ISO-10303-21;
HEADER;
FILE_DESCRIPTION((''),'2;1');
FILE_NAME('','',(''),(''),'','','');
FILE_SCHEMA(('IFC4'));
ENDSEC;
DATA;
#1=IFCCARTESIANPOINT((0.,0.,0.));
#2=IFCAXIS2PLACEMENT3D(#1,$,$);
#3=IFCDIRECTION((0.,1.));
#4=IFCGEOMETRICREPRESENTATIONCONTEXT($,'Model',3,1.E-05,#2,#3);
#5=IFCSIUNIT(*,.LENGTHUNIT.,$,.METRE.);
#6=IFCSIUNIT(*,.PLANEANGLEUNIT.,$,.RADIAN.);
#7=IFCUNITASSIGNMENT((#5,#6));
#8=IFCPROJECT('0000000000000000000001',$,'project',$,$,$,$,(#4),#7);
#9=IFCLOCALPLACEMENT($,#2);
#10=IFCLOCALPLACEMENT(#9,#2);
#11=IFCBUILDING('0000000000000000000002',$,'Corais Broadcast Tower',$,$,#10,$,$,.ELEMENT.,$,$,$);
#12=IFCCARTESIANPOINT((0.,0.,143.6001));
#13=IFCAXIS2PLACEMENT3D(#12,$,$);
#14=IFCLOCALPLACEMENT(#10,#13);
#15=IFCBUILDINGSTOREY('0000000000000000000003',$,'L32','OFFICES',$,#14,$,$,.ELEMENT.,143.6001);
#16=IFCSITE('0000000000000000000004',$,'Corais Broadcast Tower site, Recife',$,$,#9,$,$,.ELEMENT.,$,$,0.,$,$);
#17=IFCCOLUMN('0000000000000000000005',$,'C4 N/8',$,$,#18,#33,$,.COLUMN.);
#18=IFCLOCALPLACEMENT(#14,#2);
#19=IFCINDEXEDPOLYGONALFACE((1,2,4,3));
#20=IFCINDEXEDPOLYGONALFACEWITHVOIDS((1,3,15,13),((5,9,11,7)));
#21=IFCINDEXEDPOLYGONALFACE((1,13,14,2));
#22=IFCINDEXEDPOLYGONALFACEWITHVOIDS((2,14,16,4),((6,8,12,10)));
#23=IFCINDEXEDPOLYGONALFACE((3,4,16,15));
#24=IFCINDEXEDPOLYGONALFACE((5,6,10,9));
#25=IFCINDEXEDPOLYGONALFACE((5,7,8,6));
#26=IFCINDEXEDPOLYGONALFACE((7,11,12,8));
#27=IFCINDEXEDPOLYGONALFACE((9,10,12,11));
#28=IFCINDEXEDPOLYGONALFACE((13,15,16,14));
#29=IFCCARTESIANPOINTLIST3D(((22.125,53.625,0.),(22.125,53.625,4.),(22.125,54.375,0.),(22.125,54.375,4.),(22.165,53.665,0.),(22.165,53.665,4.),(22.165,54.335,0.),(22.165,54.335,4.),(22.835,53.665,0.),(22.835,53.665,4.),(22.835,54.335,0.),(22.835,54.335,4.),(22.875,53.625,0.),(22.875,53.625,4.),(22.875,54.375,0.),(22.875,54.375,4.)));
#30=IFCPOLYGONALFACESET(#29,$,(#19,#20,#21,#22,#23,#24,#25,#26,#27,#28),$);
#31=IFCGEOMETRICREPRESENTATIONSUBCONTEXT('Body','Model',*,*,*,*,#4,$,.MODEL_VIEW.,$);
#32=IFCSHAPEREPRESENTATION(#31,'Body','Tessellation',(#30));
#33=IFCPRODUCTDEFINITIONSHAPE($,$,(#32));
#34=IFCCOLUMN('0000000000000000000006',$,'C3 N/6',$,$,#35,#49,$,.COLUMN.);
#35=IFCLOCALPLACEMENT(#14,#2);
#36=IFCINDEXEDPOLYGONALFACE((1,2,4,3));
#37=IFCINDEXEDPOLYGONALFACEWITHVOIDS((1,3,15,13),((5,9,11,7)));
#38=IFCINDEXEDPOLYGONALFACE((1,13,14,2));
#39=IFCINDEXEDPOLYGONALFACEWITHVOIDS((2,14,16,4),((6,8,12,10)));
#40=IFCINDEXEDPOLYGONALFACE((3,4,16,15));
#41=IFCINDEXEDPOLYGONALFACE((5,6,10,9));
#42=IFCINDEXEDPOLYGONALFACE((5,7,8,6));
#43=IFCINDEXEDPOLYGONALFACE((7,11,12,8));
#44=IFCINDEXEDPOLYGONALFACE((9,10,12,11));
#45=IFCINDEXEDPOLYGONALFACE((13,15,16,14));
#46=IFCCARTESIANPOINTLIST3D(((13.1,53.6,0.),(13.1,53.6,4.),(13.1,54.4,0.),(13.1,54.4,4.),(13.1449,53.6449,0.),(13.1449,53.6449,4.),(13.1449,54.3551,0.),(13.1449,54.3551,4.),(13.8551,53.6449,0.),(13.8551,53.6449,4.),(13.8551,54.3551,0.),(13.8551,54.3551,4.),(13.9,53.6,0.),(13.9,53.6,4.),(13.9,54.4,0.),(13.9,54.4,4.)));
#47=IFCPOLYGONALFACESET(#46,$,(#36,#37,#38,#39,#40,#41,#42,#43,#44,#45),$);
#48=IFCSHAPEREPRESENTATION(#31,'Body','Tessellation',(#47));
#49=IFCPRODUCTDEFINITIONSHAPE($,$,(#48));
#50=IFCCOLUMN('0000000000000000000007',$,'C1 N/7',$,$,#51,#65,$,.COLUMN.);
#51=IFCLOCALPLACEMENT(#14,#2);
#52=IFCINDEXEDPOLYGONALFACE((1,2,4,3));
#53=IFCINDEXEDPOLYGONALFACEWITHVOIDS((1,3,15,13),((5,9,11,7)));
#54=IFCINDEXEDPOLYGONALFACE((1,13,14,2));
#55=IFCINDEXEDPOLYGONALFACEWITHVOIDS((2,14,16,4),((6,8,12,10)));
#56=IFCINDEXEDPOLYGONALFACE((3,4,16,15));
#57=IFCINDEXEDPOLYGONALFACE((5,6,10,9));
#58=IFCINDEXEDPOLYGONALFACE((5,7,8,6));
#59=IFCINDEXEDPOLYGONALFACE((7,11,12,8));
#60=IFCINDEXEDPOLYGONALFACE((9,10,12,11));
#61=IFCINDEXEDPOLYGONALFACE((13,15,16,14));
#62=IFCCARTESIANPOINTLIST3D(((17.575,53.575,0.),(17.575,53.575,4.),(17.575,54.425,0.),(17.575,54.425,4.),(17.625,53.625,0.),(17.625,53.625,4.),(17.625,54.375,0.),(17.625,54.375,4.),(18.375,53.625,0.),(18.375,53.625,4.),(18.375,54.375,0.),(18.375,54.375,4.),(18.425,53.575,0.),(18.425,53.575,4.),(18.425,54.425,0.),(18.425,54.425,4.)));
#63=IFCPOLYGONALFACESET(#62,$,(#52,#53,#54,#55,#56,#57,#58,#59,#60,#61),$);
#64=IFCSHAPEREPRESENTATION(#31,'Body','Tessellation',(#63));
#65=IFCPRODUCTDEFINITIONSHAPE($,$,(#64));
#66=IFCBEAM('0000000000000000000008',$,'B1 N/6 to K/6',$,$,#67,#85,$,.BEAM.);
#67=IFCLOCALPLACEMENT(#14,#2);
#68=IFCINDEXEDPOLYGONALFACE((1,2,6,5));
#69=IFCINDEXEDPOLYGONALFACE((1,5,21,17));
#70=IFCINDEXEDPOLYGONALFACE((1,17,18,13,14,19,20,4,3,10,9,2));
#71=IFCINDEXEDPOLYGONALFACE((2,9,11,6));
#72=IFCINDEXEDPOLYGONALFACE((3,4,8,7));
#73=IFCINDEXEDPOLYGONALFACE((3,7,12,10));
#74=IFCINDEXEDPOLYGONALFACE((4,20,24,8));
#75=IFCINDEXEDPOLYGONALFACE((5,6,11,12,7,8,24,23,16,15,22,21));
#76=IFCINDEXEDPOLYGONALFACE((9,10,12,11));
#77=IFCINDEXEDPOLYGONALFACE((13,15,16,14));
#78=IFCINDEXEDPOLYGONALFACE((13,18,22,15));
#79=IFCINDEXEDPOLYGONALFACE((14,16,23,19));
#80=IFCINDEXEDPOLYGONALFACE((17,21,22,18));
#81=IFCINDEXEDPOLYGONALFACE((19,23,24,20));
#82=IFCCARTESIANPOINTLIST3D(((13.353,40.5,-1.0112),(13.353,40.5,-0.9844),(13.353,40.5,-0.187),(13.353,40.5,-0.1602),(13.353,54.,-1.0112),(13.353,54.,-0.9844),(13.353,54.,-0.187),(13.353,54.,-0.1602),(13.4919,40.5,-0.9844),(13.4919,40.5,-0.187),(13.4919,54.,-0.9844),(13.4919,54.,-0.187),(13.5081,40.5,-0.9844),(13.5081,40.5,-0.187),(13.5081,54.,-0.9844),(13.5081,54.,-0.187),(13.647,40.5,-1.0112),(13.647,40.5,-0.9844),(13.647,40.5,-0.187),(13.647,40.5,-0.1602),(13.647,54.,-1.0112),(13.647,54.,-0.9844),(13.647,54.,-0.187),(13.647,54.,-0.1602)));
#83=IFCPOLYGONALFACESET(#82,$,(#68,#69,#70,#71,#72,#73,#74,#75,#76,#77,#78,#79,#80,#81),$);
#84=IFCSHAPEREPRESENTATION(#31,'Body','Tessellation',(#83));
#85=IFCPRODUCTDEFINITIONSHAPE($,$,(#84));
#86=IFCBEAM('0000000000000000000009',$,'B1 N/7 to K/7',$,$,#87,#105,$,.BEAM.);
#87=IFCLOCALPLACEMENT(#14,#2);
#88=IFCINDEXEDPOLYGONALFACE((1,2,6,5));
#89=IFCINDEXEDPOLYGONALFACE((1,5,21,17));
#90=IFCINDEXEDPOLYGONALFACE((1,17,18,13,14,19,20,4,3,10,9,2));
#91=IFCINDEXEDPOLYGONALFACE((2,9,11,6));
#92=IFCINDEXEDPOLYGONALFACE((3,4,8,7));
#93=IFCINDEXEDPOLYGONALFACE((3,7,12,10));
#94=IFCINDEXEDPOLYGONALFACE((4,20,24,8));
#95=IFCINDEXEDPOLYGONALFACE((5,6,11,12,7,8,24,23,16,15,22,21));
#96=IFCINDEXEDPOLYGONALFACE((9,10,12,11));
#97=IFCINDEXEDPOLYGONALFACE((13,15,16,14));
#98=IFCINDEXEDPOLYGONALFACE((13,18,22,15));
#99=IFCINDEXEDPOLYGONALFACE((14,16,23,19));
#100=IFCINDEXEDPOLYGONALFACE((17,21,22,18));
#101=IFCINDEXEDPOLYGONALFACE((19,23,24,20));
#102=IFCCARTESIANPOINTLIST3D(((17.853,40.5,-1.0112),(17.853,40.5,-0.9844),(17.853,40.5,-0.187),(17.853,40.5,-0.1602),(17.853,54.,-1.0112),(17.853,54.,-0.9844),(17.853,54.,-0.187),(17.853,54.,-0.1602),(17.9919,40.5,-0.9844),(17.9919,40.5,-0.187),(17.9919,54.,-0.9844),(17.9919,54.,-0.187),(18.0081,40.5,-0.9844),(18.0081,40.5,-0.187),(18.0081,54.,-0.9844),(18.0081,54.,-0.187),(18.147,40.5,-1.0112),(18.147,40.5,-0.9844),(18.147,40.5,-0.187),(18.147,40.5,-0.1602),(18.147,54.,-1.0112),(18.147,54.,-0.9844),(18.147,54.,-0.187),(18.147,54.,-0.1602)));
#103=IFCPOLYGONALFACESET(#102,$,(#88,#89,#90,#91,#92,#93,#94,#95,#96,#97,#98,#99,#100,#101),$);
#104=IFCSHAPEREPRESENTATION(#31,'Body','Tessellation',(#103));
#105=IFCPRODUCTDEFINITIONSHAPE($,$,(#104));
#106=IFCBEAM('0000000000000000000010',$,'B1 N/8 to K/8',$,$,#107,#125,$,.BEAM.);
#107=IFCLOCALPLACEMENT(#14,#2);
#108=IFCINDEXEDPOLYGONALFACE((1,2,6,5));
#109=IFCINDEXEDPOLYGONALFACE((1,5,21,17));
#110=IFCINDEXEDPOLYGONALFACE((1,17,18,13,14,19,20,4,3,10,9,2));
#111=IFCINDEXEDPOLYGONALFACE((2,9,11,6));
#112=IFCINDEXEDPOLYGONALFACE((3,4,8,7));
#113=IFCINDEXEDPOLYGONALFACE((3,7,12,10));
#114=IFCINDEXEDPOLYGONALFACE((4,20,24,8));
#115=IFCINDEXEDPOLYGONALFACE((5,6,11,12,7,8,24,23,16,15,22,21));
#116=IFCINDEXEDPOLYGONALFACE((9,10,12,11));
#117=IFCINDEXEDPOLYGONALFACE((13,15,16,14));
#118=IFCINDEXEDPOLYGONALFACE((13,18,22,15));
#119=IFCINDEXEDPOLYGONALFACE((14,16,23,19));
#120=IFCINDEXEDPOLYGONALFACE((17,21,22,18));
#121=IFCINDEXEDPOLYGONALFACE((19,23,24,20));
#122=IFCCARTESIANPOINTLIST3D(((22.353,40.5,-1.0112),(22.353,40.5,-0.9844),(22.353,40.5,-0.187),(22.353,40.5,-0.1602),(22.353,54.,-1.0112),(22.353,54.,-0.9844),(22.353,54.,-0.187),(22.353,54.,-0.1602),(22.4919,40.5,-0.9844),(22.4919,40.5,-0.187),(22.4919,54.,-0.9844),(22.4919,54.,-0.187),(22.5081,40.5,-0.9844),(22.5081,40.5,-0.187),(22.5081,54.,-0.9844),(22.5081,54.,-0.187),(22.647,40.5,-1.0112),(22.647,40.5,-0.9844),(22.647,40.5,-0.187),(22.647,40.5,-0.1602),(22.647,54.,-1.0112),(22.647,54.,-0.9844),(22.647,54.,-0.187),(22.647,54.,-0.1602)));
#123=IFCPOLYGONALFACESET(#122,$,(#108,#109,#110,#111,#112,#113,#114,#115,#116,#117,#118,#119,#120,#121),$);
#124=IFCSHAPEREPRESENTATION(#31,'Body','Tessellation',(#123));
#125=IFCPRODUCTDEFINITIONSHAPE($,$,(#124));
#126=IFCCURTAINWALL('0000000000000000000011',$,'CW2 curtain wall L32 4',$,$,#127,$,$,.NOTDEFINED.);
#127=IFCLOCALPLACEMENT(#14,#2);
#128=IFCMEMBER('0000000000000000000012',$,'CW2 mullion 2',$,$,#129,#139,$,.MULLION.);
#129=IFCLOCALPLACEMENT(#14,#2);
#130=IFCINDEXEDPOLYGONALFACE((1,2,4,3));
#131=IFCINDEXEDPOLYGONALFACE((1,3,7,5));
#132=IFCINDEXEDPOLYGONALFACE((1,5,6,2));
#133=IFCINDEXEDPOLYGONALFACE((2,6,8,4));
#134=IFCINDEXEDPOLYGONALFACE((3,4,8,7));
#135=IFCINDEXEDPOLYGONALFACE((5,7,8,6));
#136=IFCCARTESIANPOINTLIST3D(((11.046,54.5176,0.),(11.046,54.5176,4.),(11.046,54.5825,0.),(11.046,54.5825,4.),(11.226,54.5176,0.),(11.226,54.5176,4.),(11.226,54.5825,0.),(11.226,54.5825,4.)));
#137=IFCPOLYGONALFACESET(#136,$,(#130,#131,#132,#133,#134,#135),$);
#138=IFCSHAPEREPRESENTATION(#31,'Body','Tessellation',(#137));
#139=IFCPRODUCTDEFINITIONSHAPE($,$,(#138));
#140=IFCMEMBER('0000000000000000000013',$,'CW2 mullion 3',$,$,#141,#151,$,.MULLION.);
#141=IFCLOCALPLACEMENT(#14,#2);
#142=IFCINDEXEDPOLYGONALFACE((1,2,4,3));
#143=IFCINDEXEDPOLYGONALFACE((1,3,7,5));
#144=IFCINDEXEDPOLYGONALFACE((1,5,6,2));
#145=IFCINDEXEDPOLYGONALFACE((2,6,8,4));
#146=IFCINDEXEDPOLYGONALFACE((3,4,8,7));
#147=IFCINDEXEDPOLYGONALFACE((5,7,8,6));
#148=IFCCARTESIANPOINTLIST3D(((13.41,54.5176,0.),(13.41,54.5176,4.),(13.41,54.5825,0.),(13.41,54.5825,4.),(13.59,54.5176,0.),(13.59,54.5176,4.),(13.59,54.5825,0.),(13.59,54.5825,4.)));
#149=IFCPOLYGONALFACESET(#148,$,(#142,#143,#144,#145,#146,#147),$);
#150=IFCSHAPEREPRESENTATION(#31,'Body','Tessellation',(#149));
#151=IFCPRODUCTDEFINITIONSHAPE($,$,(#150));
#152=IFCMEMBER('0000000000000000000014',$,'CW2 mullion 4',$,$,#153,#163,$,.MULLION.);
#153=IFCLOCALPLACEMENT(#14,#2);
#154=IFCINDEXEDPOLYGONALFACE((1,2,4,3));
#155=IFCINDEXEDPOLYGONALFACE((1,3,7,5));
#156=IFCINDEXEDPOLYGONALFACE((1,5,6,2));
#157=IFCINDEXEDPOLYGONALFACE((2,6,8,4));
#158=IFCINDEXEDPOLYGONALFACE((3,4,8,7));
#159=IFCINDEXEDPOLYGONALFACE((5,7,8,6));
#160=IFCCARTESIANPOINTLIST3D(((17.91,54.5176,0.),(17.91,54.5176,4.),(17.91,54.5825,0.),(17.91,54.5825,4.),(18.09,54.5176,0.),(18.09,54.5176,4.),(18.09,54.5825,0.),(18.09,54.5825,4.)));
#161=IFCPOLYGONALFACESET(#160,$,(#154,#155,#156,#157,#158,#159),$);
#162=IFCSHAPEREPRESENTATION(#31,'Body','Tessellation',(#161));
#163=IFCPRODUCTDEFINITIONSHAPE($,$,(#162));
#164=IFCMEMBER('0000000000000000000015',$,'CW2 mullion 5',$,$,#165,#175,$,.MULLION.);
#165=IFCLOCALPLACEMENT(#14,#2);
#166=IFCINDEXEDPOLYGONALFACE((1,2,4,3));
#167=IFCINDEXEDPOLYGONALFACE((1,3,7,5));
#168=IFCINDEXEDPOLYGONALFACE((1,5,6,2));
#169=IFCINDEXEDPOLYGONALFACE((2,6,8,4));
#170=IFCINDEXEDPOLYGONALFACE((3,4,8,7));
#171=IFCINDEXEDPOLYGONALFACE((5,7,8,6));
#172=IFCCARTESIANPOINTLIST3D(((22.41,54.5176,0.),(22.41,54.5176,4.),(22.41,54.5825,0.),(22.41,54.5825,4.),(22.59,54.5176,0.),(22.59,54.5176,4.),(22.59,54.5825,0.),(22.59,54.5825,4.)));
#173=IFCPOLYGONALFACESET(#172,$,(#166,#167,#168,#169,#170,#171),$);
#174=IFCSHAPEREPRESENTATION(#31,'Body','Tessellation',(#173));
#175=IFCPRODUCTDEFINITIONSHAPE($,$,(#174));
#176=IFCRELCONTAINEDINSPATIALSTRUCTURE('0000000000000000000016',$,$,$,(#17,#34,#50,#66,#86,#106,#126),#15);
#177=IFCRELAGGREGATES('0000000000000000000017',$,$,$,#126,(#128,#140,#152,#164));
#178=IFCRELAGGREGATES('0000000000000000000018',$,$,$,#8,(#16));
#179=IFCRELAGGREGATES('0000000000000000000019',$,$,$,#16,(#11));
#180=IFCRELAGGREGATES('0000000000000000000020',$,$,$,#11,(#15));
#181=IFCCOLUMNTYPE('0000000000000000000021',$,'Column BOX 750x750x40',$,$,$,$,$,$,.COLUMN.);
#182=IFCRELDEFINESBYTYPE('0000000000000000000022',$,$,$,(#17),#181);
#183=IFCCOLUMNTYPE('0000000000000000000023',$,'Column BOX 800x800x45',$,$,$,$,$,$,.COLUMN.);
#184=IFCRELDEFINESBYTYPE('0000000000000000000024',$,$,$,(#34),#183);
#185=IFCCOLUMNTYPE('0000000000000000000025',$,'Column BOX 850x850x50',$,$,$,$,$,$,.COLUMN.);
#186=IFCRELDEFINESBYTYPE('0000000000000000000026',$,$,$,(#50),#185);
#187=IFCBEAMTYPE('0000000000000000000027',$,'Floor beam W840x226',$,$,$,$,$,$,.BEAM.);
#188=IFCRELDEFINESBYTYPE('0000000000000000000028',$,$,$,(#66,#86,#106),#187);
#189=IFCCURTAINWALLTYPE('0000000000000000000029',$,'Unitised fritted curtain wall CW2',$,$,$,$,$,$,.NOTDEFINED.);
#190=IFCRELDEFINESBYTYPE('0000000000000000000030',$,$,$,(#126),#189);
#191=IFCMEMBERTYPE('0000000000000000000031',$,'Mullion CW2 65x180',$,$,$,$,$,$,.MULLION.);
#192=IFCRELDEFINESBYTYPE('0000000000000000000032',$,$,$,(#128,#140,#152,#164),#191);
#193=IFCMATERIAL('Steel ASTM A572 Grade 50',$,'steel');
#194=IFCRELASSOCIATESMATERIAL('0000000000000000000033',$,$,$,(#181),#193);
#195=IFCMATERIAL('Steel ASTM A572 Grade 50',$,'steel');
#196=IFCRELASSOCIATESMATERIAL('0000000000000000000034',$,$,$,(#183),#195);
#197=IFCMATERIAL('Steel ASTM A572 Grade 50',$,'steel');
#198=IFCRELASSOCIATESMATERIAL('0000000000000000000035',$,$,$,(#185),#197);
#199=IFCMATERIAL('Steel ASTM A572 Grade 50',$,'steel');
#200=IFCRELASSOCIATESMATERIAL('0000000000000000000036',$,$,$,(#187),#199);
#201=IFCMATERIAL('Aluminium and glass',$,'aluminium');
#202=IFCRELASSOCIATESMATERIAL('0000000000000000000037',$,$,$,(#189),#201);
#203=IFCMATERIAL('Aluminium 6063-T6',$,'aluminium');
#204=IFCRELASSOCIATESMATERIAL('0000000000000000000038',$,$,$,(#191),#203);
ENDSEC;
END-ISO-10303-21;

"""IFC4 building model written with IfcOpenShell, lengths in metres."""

from ifc_helpers import new_model, si_unit, direction, frame, origin, origin_2d, place, context, subcontext, project, spatial, rectangle, hollow_rectangle, i_section, extrude, material, material_profile, profile_set, type_object, element, aggregate, save


model = new_model("IFC4")

# Units and contexts
model_context = context("Model", 3, precision=1e-05, world=origin(), true_north=direction((0.0, 1.0)))
body_context = subcontext(model_context, "Body", "Model", "MODEL_VIEW")
ifc_project = project(units=[si_unit("LENGTHUNIT", "METRE"), si_unit("PLANEANGLEUNIT", "RADIAN")], contexts=[model_context])

# Site, building, storey
site_placement = place(None, origin())
site = spatial("IfcSite", under=ifc_project, at=site_placement, Name="Corais Broadcast Tower site, Recife", CompositionType="ELEMENT", RefElevation=0.0)
building_placement = place(site_placement, origin())
building = spatial("IfcBuilding", under=site, at=building_placement, Name="Corais Broadcast Tower", CompositionType="ELEMENT")
storey_placement = place(building_placement, frame((0.0, 0.0, 143.6001)))
storey = spatial("IfcBuildingStorey", under=building, at=storey_placement, Name="L32", Description="OFFICES", CompositionType="ELEMENT", Elevation=143.6001)

# Columns
ifc_material_1 = material(Name="Steel ASTM A572 Grade 50", Category="steel")
ifc_material_profile_1 = material_profile(ifc_material_1, hollow_rectangle(XDim=0.75, YDim=0.75, WallThickness=0.04, at=origin_2d()), Name="BOX 750x750x40")
ifc_profile_set_1 = profile_set([ifc_material_profile_1], Name="Steel ASTM A572 Grade 50")
column_type_1 = type_object("IfcColumnType", Name="Column BOX 750x750x40", PredefinedType="COLUMN", material=ifc_profile_set_1)
column_1_placement = place(storey_placement, frame((22.5, 54.0, 0.0), z_axis=(0.0, 0.0, 1.0), x_axis=(1.0, 0.0, 0.0)))
element("IfcColumn", 1, at=column_1_placement, inside=storey, type_object=column_type_1, Name="C4 N/8", PredefinedType="COLUMN", context=body_context, shape_type="SweptSolid", body=[
    extrude(hollow_rectangle(XDim=0.75, YDim=0.75, WallThickness=0.04, at=origin_2d()), origin(), (0.0, 0.0, 1.0), 4.0),
])
ifc_material_2 = material(Name="Steel ASTM A572 Grade 50", Category="steel")
ifc_material_profile_2 = material_profile(ifc_material_2, hollow_rectangle(XDim=0.8, YDim=0.8, WallThickness=0.0449, at=origin_2d()), Name="BOX 800x800x45")
ifc_profile_set_2 = profile_set([ifc_material_profile_2], Name="Steel ASTM A572 Grade 50")
column_type_2 = type_object("IfcColumnType", Name="Column BOX 800x800x45", PredefinedType="COLUMN", material=ifc_profile_set_2)
column_2_placement = place(storey_placement, frame((13.5, 54.0, 0.0), z_axis=(0.0, 0.0, 1.0), x_axis=(1.0, 0.0, 0.0)))
element("IfcColumn", 2, at=column_2_placement, inside=storey, type_object=column_type_2, Name="C3 N/6", PredefinedType="COLUMN", context=body_context, shape_type="SweptSolid", body=[
    extrude(hollow_rectangle(XDim=0.8, YDim=0.8, WallThickness=0.0449, at=origin_2d()), origin(), (0.0, 0.0, 1.0), 4.0),
])
ifc_material_3 = material(Name="Steel ASTM A572 Grade 50", Category="steel")
ifc_material_profile_3 = material_profile(ifc_material_3, hollow_rectangle(XDim=0.8501, YDim=0.8501, WallThickness=0.05, at=origin_2d()), Name="BOX 850x850x50")
ifc_profile_set_3 = profile_set([ifc_material_profile_3], Name="Steel ASTM A572 Grade 50")
column_type_3 = type_object("IfcColumnType", Name="Column BOX 850x850x50", PredefinedType="COLUMN", material=ifc_profile_set_3)
column_3_placement = place(storey_placement, frame((18.0, 54.0, 0.0), z_axis=(0.0, 0.0, 1.0), x_axis=(1.0, 0.0, 0.0)))
element("IfcColumn", 3, at=column_3_placement, inside=storey, type_object=column_type_3, Name="C1 N/7", PredefinedType="COLUMN", context=body_context, shape_type="SweptSolid", body=[
    extrude(hollow_rectangle(XDim=0.8501, YDim=0.8501, WallThickness=0.05, at=origin_2d()), origin(), (0.0, 0.0, 1.0), 4.0),
])

# Beams
ifc_material_4 = material(Name="Steel ASTM A572 Grade 50", Category="steel")
ifc_material_profile_4 = material_profile(ifc_material_4, i_section(OverallWidth=0.2939, OverallDepth=0.8511, WebThickness=0.0161, FlangeThickness=0.0269, at=origin_2d()), Name="W840x226")
ifc_profile_set_4 = profile_set([ifc_material_profile_4], Name="Steel ASTM A572 Grade 50")
beam_type_1 = type_object("IfcBeamType", Name="Floor beam W840x226", PredefinedType="BEAM", material=ifc_profile_set_4)
for number, where, z_axis, x_axis, name in (
    (4, (13.5, 54.0, -0.5857), (0.0, -1.0, 0.0), (1.0, 0.0, 0.0), "B1 N/6 to K/6"),
    (5, (18.0, 54.0, -0.5857), (0.0, -1.0, 0.0), (1.0, 0.0, 0.0), "B1 N/7 to K/7"),
    (6, (22.5, 54.0, -0.5857), (0.0, -1.0, 0.0), (1.0, 0.0, 0.0), "B1 N/8 to K/8"),
):
    element("IfcBeam", number, at=place(storey_placement, frame(where, z_axis=z_axis, x_axis=x_axis)), inside=storey, type_object=beam_type_1, Name=name, PredefinedType="BEAM", context=body_context, shape_type="SweptSolid", body=[
        extrude(i_section(OverallWidth=0.2939, OverallDepth=0.8511, WebThickness=0.0161, FlangeThickness=0.0269, at=origin_2d()), origin(), (0.0, 0.0, 1.0), 13.5),
    ])

# Curtain wall, members
ifc_material_5 = material(Name="Aluminium and glass", Category="aluminium")
curtain_wall_type = type_object("IfcCurtainWallType", Name="Unitised fritted curtain wall CW2", PredefinedType="NOTDEFINED", material=ifc_material_5)
curtain_wall_placement = place(storey_placement, origin())
curtain_wall = element("IfcCurtainWall", 7, at=curtain_wall_placement, inside=storey, type_object=curtain_wall_type, Name="CW2 curtain wall L32 4", PredefinedType="NOTDEFINED")
ifc_material_6 = material(Name="Aluminium 6063-T6", Category="aluminium")
ifc_material_profile_5 = material_profile(ifc_material_6, rectangle(XDim=0.0649, YDim=0.1799, at=origin_2d()), Name="Mullion CW2 65x180")
ifc_profile_set_5 = profile_set([ifc_material_profile_5], Name="Aluminium 6063-T6")
member_type_1 = type_object("IfcMemberType", Name="Mullion CW2 65x180", PredefinedType="MULLION", material=ifc_profile_set_5)
member_1_placement = place(storey_placement, frame((11.136, 54.55, 0.0), z_axis=(0.0, 0.0, 1.0), x_axis=(0.0, 1.0, 0.0)))
member_1 = element("IfcMember", 8, at=member_1_placement, type_object=member_type_1, Name="CW2 mullion 2", PredefinedType="MULLION", context=body_context, shape_type="SweptSolid", body=[
    extrude(rectangle(XDim=0.0649, YDim=0.1799, at=origin_2d()), origin(), (0.0, 0.0, 1.0), 4.0),
])
member_2_placement = place(storey_placement, frame((13.5, 54.55, 0.0), z_axis=(0.0, 0.0, 1.0), x_axis=(0.0, 1.0, 0.0)))
member_2 = element("IfcMember", 9, at=member_2_placement, type_object=member_type_1, Name="CW2 mullion 3", PredefinedType="MULLION", context=body_context, shape_type="SweptSolid", body=[
    extrude(rectangle(XDim=0.0649, YDim=0.1799, at=origin_2d()), origin(), (0.0, 0.0, 1.0), 4.0),
])
member_3_placement = place(storey_placement, frame((18.0, 54.55, 0.0), z_axis=(0.0, 0.0, 1.0), x_axis=(0.0, 1.0, 0.0)))
member_3 = element("IfcMember", 10, at=member_3_placement, type_object=member_type_1, Name="CW2 mullion 4", PredefinedType="MULLION", context=body_context, shape_type="SweptSolid", body=[
    extrude(rectangle(XDim=0.0649, YDim=0.1799, at=origin_2d()), origin(), (0.0, 0.0, 1.0), 4.0),
])
member_4_placement = place(storey_placement, frame((22.5, 54.55, 0.0), z_axis=(0.0, 0.0, 1.0), x_axis=(0.0, 1.0, 0.0)))
member_4 = element("IfcMember", 11, at=member_4_placement, type_object=member_type_1, Name="CW2 mullion 5", PredefinedType="MULLION", context=body_context, shape_type="SweptSolid", body=[
    extrude(rectangle(XDim=0.0649, YDim=0.1799, at=origin_2d()), origin(), (0.0, 0.0, 1.0), 4.0),
])

aggregate(curtain_wall, [member_1, member_2, member_3, member_4])

save(model, "model.ifc")
